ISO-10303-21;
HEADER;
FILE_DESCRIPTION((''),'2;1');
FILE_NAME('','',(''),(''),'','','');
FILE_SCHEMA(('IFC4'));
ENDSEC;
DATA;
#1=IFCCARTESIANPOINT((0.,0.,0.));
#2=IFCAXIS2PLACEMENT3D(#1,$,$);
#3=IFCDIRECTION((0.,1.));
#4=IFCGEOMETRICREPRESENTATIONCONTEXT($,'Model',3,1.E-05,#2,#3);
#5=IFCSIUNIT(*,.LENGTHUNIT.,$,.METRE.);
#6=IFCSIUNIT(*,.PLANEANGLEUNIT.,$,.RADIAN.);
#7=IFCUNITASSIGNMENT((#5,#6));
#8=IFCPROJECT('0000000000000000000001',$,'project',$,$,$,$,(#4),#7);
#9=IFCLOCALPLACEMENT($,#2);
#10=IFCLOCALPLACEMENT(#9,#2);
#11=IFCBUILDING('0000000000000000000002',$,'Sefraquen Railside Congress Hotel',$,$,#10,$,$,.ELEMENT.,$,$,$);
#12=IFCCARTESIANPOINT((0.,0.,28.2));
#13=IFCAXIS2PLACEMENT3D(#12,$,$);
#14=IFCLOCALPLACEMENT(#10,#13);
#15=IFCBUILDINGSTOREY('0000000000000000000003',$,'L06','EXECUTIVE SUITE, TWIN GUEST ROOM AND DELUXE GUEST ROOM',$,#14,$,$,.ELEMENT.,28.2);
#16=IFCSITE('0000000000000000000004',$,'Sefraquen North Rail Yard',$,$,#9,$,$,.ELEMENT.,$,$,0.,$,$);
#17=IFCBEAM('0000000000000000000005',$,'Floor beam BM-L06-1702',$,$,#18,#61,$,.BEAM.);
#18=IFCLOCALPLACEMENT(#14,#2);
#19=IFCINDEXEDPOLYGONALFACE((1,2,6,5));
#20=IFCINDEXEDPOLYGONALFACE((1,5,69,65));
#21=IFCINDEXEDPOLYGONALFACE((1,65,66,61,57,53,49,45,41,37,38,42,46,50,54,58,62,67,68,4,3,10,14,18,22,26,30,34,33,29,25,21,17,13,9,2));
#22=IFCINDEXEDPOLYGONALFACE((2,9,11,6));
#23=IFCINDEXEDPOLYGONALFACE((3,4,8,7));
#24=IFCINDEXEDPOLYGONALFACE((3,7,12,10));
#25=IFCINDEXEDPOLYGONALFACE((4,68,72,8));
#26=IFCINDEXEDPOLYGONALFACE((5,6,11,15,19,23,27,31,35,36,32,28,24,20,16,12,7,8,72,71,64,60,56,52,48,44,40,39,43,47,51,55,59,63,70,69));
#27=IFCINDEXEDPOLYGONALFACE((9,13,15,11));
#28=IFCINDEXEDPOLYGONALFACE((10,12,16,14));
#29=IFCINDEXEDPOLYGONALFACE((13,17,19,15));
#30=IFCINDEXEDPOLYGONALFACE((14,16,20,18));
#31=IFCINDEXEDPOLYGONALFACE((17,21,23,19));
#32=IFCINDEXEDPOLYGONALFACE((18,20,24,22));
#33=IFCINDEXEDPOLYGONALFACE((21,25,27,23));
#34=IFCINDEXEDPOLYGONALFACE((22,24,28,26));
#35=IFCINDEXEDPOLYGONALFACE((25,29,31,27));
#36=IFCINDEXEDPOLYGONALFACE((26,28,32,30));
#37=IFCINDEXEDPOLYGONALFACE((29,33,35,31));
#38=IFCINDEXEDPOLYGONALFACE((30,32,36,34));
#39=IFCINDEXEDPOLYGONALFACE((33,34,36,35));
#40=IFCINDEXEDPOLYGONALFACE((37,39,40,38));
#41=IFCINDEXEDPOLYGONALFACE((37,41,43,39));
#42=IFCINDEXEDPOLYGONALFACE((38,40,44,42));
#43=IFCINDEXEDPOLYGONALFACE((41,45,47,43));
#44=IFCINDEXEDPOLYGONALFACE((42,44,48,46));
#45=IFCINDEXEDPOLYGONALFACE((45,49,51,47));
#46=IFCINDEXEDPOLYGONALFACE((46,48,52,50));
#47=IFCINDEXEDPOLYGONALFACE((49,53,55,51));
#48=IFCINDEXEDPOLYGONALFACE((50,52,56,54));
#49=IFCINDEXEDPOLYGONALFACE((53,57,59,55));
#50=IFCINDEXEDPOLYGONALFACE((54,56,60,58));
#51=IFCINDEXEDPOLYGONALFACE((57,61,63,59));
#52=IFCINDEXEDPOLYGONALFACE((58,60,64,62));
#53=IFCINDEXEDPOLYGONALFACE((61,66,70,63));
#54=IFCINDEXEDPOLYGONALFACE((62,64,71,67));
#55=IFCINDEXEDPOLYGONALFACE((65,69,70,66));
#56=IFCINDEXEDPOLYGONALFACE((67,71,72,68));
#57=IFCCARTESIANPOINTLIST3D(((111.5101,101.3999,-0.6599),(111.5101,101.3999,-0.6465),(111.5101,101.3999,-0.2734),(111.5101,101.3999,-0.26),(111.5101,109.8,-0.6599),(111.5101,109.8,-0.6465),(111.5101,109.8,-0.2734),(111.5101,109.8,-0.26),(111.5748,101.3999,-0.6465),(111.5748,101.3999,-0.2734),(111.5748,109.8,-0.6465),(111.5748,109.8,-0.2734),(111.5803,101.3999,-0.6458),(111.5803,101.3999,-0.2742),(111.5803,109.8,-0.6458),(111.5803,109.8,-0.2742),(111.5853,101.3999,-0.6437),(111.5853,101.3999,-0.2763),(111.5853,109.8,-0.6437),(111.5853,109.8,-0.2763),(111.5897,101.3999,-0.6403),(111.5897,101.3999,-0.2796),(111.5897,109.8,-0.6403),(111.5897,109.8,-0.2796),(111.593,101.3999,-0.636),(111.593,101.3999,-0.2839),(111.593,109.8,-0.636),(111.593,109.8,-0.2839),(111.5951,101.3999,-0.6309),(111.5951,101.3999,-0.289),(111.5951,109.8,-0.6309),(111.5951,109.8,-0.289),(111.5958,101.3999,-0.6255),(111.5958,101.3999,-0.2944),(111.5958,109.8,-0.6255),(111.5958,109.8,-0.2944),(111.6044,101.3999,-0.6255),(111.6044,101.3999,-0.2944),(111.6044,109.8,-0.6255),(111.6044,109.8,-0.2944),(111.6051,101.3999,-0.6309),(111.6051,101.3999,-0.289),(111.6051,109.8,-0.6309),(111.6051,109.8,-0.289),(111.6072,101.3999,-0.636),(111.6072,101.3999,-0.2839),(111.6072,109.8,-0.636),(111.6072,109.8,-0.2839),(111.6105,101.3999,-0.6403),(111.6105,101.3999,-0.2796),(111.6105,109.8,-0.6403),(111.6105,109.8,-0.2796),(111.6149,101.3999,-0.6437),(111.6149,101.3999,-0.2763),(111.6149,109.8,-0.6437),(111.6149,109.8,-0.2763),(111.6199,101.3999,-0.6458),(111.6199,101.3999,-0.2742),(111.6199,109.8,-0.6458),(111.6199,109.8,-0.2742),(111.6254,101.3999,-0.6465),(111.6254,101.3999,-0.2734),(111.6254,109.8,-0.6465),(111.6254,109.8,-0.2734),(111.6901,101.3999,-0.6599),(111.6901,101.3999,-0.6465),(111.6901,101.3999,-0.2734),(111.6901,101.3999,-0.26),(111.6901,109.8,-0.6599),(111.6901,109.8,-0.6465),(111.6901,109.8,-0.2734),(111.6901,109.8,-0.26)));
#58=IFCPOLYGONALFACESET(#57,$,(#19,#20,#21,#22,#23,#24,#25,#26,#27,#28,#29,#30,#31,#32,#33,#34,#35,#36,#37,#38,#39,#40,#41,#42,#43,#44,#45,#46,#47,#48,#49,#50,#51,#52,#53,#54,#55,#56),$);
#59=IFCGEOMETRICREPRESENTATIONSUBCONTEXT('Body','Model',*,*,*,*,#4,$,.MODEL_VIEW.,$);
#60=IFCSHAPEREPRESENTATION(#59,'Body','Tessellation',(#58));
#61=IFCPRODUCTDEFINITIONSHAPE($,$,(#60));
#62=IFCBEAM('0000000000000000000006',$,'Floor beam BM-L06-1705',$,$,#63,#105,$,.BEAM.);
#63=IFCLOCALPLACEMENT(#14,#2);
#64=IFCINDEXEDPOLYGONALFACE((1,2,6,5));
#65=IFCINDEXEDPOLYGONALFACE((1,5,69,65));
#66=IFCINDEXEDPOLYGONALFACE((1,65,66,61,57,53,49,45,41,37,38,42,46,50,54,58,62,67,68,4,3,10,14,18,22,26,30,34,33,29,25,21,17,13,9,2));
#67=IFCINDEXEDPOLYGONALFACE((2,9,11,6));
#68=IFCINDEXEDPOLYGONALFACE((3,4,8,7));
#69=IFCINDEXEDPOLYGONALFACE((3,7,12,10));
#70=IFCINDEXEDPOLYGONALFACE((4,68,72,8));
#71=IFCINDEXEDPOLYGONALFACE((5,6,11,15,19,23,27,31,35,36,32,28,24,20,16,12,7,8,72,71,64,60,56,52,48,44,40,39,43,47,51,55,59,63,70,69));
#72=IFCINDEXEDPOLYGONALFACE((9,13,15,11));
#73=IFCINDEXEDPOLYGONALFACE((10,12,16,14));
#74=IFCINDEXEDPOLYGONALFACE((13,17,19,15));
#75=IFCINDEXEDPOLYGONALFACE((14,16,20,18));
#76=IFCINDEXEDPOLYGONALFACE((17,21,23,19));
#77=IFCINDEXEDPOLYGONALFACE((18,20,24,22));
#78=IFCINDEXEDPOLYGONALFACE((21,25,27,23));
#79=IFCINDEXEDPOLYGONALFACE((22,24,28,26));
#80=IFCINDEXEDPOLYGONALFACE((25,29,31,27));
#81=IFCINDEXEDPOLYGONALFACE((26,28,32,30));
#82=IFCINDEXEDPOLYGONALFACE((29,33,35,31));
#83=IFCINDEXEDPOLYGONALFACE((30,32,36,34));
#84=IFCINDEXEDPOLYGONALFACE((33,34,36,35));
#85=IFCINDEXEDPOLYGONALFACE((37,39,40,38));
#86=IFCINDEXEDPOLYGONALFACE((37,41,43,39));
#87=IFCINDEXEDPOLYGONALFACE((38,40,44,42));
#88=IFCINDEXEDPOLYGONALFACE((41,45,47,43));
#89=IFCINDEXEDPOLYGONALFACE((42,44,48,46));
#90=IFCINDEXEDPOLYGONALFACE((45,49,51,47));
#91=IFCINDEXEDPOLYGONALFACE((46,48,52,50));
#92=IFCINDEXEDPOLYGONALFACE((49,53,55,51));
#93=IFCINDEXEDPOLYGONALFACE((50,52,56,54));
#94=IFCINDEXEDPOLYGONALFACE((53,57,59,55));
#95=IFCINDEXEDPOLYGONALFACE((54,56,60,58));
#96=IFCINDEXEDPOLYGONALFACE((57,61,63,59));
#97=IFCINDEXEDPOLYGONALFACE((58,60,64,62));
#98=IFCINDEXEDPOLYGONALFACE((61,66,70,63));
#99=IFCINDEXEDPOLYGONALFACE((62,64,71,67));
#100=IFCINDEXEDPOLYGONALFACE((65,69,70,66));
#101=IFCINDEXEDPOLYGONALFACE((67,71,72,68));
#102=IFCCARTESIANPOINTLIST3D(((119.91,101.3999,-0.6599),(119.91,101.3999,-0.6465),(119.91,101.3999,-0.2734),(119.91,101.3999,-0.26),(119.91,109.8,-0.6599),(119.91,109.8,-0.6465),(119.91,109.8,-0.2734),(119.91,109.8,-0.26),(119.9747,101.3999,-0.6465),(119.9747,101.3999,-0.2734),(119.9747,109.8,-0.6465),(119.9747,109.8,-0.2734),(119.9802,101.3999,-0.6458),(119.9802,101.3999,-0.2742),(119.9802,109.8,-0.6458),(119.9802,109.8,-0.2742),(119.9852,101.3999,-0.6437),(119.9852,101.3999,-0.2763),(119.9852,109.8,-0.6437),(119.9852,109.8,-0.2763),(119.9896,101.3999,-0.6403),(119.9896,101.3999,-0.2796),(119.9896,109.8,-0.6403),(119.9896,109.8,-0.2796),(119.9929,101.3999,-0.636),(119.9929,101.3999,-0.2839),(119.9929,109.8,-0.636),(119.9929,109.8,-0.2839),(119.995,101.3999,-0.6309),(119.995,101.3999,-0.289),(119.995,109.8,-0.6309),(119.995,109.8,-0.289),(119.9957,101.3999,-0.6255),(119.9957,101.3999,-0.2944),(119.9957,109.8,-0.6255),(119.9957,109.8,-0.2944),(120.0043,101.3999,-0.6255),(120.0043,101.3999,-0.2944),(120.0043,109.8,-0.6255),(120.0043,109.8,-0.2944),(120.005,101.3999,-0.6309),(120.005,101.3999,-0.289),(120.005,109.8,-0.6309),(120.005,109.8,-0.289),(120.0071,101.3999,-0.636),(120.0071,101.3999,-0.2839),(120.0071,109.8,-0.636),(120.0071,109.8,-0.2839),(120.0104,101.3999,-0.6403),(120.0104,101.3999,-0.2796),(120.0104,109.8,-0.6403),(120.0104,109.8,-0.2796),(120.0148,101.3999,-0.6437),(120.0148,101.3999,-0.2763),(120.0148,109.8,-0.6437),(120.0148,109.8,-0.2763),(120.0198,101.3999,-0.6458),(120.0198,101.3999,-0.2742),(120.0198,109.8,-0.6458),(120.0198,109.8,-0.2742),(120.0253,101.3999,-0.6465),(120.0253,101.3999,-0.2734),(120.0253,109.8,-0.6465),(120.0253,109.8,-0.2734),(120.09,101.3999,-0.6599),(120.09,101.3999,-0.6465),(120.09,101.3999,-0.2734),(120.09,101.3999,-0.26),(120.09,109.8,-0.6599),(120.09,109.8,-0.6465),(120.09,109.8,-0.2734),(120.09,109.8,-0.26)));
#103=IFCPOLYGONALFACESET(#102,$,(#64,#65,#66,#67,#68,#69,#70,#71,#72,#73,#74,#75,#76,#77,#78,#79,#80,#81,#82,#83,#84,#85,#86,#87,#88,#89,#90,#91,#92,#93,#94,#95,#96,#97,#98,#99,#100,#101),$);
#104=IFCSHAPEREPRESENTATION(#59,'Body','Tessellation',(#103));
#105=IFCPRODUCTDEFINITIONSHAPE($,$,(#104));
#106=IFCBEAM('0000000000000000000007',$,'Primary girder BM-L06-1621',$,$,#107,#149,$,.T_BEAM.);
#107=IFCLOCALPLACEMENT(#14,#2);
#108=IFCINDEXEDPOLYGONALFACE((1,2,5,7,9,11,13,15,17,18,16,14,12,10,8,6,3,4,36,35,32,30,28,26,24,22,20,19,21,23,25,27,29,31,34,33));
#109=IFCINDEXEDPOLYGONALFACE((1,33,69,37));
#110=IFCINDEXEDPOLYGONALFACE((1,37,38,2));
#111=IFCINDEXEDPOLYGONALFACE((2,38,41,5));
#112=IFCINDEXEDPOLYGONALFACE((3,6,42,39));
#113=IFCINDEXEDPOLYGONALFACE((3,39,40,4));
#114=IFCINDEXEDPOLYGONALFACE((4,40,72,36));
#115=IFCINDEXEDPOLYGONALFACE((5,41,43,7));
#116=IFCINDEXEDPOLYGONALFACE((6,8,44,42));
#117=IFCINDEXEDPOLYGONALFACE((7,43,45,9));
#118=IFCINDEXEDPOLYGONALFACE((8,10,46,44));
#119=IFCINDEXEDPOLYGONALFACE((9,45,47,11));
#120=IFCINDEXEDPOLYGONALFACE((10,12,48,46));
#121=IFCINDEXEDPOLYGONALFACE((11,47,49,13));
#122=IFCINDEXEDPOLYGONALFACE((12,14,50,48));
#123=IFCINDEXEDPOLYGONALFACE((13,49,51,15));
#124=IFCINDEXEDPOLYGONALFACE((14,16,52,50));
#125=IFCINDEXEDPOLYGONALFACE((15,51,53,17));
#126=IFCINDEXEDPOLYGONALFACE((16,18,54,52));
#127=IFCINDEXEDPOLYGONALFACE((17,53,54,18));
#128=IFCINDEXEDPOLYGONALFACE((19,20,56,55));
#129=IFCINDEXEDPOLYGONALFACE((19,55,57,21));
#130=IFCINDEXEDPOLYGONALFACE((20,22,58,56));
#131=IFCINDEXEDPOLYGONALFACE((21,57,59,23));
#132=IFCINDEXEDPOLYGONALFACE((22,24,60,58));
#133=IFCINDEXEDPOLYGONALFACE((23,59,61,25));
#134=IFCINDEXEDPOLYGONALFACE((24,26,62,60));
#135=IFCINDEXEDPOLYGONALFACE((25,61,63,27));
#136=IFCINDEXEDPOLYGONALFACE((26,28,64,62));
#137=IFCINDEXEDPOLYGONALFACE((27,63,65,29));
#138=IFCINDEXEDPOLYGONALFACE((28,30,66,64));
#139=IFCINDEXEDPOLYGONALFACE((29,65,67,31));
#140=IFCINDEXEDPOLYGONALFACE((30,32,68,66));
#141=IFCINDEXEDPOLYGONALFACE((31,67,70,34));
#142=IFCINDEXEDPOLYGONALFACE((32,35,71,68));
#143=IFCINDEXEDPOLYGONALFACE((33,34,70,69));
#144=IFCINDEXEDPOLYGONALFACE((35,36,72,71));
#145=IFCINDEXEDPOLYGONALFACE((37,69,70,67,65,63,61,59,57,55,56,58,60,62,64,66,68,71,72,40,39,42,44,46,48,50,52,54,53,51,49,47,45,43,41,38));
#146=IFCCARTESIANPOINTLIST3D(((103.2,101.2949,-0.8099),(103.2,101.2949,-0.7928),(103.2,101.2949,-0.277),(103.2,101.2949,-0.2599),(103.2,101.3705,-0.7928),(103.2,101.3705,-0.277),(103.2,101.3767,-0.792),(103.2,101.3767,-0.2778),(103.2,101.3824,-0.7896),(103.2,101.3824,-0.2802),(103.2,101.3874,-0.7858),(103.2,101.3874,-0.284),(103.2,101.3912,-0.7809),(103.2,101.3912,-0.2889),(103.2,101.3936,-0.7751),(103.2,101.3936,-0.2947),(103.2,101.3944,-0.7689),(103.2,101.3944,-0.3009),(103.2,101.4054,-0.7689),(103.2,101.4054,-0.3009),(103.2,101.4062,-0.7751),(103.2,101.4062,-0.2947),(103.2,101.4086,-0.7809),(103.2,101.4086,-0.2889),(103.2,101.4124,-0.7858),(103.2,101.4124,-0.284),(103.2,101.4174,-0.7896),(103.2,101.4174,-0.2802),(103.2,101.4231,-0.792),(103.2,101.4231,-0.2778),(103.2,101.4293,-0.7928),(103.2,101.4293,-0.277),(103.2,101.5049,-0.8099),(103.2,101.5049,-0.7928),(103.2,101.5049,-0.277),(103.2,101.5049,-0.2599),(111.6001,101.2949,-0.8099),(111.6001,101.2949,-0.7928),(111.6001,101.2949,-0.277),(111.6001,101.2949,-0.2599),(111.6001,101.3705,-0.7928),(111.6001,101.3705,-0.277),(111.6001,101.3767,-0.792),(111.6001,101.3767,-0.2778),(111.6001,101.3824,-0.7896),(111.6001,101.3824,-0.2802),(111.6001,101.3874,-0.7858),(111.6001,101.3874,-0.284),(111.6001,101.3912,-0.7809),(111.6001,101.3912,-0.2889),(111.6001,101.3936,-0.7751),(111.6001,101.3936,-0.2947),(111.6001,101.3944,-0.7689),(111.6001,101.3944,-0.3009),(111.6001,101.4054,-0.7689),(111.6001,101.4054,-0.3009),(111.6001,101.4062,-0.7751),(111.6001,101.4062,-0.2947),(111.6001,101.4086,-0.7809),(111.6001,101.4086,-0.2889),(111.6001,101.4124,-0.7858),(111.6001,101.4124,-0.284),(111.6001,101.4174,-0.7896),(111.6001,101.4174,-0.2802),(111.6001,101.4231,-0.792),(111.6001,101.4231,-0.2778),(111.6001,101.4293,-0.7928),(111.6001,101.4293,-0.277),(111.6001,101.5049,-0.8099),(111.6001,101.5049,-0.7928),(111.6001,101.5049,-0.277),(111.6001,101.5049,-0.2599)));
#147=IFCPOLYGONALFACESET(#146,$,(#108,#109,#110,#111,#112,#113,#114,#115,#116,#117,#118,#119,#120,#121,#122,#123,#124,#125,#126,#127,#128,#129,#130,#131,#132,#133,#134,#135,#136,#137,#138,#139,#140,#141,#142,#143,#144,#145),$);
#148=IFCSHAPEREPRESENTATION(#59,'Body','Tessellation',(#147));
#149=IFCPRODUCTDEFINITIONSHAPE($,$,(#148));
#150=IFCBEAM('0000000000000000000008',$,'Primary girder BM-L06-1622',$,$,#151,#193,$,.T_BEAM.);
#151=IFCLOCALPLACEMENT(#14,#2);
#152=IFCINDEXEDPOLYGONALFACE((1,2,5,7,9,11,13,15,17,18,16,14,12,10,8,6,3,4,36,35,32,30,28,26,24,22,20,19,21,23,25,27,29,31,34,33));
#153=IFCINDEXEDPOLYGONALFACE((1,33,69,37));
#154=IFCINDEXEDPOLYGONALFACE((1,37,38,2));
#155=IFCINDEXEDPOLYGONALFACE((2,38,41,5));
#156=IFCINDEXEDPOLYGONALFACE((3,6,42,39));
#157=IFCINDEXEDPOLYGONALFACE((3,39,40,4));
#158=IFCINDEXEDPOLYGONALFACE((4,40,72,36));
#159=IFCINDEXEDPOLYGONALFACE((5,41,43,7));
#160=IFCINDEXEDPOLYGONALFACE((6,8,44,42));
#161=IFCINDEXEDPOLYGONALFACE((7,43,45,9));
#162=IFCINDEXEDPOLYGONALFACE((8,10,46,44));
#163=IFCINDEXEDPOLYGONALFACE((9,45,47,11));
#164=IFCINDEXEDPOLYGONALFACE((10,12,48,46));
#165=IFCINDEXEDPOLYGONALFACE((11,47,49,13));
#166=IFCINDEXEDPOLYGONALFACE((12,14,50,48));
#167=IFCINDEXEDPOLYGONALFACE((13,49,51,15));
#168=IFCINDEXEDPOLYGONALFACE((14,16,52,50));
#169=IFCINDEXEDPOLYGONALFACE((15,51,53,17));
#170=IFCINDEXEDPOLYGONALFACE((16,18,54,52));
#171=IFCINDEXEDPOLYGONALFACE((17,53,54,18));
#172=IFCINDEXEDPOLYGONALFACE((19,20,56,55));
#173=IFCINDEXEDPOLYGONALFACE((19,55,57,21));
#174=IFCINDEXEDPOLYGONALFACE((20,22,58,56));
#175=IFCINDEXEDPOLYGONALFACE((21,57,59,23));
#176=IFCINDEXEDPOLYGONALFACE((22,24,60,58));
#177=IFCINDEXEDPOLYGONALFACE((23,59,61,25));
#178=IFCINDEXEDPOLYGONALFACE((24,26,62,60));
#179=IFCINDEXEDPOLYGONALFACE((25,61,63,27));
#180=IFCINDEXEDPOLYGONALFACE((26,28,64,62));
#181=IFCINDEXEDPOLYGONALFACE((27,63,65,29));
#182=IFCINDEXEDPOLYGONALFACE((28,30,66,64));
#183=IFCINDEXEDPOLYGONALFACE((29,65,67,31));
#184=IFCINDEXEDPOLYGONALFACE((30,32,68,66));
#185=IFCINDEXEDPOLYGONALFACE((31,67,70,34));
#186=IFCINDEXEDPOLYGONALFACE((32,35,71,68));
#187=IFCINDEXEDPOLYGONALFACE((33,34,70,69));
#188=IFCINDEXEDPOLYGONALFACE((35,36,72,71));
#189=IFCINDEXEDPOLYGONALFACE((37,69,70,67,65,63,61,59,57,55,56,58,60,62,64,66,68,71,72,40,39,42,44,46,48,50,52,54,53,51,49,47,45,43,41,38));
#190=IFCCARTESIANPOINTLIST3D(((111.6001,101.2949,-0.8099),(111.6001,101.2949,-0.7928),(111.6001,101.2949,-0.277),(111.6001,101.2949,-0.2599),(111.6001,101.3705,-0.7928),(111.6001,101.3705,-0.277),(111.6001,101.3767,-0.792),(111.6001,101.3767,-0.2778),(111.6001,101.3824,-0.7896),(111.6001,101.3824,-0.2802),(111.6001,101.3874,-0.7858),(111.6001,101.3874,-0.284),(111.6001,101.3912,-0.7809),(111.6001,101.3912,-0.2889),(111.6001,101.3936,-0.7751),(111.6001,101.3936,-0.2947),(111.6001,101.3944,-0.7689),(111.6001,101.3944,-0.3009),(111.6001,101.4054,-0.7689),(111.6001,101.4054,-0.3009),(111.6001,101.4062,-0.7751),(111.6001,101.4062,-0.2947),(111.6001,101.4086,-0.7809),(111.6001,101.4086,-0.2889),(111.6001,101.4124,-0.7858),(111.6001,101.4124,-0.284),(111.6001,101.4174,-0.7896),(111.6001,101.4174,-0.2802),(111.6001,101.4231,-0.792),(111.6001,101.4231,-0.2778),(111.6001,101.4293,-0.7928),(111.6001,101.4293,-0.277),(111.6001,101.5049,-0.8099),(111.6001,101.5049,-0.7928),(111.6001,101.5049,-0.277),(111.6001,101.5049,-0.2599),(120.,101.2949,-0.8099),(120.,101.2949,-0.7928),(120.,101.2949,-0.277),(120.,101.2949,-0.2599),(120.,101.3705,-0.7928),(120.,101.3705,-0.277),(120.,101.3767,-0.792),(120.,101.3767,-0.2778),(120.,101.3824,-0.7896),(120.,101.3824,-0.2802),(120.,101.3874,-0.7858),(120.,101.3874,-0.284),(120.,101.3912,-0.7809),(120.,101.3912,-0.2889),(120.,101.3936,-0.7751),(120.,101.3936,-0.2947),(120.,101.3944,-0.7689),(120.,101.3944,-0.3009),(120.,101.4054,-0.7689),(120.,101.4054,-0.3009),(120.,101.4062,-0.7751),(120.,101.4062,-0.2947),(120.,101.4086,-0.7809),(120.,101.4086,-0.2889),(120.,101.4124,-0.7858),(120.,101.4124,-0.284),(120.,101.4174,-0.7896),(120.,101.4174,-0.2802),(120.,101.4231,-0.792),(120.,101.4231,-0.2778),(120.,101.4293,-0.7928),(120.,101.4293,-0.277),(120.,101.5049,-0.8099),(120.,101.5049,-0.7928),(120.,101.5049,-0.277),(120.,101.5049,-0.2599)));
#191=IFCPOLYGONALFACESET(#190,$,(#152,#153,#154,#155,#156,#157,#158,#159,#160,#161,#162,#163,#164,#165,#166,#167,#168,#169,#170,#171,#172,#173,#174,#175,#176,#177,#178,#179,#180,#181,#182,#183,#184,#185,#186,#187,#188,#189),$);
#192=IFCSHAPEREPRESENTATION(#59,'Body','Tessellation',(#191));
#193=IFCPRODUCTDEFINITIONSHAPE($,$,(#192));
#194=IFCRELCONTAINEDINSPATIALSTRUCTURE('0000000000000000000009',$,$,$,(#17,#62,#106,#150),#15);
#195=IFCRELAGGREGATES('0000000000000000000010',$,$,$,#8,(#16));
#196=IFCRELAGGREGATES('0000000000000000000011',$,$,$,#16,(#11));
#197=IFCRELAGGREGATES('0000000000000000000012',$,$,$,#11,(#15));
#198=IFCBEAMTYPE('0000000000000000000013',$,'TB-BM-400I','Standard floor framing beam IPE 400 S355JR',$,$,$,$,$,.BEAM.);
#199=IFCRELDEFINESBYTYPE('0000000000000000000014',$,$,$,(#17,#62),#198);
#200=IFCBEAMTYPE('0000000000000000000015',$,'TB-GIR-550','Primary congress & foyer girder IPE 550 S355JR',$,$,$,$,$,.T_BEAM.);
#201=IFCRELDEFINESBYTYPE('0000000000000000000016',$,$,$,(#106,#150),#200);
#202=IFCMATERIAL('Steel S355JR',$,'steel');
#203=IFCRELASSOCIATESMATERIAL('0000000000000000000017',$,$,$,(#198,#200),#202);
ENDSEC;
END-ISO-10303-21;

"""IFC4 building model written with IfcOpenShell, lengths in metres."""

from ifc_helpers import new_model, si_unit, direction, frame, origin, origin_2d, place, context, subcontext, project, spatial, i_section, extrude, material, material_profile, profile_set, type_object, element, save


model = new_model("IFC4")

# Units and contexts
model_context = context("Model", 3, precision=1e-05, world=origin(), true_north=direction((0.0, 1.0)))
body_context = subcontext(model_context, "Body", "Model", "MODEL_VIEW")
ifc_project = project(units=[si_unit("LENGTHUNIT", "METRE"), si_unit("PLANEANGLEUNIT", "RADIAN")], contexts=[model_context])

# Site, building, storey
site_placement = place(None, origin())
site = spatial("IfcSite", under=ifc_project, at=site_placement, Name="Sefraquen North Rail Yard", CompositionType="ELEMENT", RefElevation=0.0)
building_placement = place(site_placement, origin())
building = spatial("IfcBuilding", under=site, at=building_placement, Name="Sefraquen Railside Congress Hotel", CompositionType="ELEMENT")
storey_placement = place(building_placement, frame((0.0, 0.0, 28.2)))
storey = spatial("IfcBuildingStorey", under=building, at=storey_placement, Name="L06", Description="EXECUTIVE SUITE, TWIN GUEST ROOM AND DELUXE GUEST ROOM", CompositionType="ELEMENT", Elevation=28.2)

# Shared definitions
ifc_material_1 = material(Name="Steel S355JR", Category="steel")

# Beams
ifc_material_profile_1 = material_profile(ifc_material_1, i_section(OverallWidth=0.1799, OverallDepth=0.3999, WebThickness=0.0085, FlangeThickness=0.0134, FilletRadius=0.021, at=origin_2d()), Name="IPE 400")
ifc_profile_set_1 = profile_set([ifc_material_profile_1], Name="Steel S355JR")
beam_type_1 = type_object("IfcBeamType", Name="TB-BM-400I", Description="Standard floor framing beam IPE 400 S355JR", PredefinedType="BEAM", material=ifc_profile_set_1)
for number, where, z_axis, x_axis, name in (
    (1, (111.6001, 101.3999, -0.46), (0.0, 1.0, 0.0), (-1.0, 0.0, 0.0), "Floor beam BM-L06-1702"),
    (2, (120.0, 101.3999, -0.46), (0.0, 1.0, 0.0), (-1.0, 0.0, 0.0), "Floor beam BM-L06-1705"),
):
    element("IfcBeam", number, at=place(storey_placement, frame(where, z_axis=z_axis, x_axis=x_axis)), inside=storey, type_object=beam_type_1, Name=name, PredefinedType="BEAM", context=body_context, shape_type="SweptSolid", body=[
        extrude(i_section(OverallWidth=0.1799, OverallDepth=0.3999, WebThickness=0.0085, FlangeThickness=0.0134, FilletRadius=0.021, at=origin_2d()), origin(), (0.0, 0.0, 1.0), 8.4001),
    ])
ifc_material_profile_2 = material_profile(ifc_material_1, i_section(OverallWidth=0.21, OverallDepth=0.55, WebThickness=0.011, FlangeThickness=0.0171, FilletRadius=0.0239, at=origin_2d()), Name="IPE 550")
ifc_profile_set_2 = profile_set([ifc_material_profile_2], Name="Steel S355JR")
beam_type_2 = type_object("IfcBeamType", Name="TB-GIR-550", Description="Primary congress & foyer girder IPE 550 S355JR", PredefinedType="T_BEAM", material=ifc_profile_set_2)
beam_1_placement = place(storey_placement, frame((103.2, 101.3999, -0.5349), z_axis=(1.0, 0.0, 0.0), x_axis=(0.0, 1.0, 0.0)))
element("IfcBeam", 3, at=beam_1_placement, inside=storey, type_object=beam_type_2, Name="Primary girder BM-L06-1621", PredefinedType="T_BEAM", context=body_context, shape_type="SweptSolid", body=[
    extrude(i_section(OverallWidth=0.21, OverallDepth=0.55, WebThickness=0.011, FlangeThickness=0.0171, FilletRadius=0.0239, at=origin_2d()), origin(), (0.0, 0.0, 1.0), 8.4001),
])
beam_2_placement = place(storey_placement, frame((111.6001, 101.3999, -0.5349), z_axis=(1.0, 0.0, 0.0), x_axis=(0.0, 1.0, 0.0)))
element("IfcBeam", 4, at=beam_2_placement, inside=storey, type_object=beam_type_2, Name="Primary girder BM-L06-1622", PredefinedType="T_BEAM", context=body_context, shape_type="SweptSolid", body=[
    extrude(i_section(OverallWidth=0.21, OverallDepth=0.55, WebThickness=0.011, FlangeThickness=0.0171, FilletRadius=0.0239, at=origin_2d()), origin(), (0.0, 0.0, 1.0), 8.3999),
])

save(model, "model.ifc")
